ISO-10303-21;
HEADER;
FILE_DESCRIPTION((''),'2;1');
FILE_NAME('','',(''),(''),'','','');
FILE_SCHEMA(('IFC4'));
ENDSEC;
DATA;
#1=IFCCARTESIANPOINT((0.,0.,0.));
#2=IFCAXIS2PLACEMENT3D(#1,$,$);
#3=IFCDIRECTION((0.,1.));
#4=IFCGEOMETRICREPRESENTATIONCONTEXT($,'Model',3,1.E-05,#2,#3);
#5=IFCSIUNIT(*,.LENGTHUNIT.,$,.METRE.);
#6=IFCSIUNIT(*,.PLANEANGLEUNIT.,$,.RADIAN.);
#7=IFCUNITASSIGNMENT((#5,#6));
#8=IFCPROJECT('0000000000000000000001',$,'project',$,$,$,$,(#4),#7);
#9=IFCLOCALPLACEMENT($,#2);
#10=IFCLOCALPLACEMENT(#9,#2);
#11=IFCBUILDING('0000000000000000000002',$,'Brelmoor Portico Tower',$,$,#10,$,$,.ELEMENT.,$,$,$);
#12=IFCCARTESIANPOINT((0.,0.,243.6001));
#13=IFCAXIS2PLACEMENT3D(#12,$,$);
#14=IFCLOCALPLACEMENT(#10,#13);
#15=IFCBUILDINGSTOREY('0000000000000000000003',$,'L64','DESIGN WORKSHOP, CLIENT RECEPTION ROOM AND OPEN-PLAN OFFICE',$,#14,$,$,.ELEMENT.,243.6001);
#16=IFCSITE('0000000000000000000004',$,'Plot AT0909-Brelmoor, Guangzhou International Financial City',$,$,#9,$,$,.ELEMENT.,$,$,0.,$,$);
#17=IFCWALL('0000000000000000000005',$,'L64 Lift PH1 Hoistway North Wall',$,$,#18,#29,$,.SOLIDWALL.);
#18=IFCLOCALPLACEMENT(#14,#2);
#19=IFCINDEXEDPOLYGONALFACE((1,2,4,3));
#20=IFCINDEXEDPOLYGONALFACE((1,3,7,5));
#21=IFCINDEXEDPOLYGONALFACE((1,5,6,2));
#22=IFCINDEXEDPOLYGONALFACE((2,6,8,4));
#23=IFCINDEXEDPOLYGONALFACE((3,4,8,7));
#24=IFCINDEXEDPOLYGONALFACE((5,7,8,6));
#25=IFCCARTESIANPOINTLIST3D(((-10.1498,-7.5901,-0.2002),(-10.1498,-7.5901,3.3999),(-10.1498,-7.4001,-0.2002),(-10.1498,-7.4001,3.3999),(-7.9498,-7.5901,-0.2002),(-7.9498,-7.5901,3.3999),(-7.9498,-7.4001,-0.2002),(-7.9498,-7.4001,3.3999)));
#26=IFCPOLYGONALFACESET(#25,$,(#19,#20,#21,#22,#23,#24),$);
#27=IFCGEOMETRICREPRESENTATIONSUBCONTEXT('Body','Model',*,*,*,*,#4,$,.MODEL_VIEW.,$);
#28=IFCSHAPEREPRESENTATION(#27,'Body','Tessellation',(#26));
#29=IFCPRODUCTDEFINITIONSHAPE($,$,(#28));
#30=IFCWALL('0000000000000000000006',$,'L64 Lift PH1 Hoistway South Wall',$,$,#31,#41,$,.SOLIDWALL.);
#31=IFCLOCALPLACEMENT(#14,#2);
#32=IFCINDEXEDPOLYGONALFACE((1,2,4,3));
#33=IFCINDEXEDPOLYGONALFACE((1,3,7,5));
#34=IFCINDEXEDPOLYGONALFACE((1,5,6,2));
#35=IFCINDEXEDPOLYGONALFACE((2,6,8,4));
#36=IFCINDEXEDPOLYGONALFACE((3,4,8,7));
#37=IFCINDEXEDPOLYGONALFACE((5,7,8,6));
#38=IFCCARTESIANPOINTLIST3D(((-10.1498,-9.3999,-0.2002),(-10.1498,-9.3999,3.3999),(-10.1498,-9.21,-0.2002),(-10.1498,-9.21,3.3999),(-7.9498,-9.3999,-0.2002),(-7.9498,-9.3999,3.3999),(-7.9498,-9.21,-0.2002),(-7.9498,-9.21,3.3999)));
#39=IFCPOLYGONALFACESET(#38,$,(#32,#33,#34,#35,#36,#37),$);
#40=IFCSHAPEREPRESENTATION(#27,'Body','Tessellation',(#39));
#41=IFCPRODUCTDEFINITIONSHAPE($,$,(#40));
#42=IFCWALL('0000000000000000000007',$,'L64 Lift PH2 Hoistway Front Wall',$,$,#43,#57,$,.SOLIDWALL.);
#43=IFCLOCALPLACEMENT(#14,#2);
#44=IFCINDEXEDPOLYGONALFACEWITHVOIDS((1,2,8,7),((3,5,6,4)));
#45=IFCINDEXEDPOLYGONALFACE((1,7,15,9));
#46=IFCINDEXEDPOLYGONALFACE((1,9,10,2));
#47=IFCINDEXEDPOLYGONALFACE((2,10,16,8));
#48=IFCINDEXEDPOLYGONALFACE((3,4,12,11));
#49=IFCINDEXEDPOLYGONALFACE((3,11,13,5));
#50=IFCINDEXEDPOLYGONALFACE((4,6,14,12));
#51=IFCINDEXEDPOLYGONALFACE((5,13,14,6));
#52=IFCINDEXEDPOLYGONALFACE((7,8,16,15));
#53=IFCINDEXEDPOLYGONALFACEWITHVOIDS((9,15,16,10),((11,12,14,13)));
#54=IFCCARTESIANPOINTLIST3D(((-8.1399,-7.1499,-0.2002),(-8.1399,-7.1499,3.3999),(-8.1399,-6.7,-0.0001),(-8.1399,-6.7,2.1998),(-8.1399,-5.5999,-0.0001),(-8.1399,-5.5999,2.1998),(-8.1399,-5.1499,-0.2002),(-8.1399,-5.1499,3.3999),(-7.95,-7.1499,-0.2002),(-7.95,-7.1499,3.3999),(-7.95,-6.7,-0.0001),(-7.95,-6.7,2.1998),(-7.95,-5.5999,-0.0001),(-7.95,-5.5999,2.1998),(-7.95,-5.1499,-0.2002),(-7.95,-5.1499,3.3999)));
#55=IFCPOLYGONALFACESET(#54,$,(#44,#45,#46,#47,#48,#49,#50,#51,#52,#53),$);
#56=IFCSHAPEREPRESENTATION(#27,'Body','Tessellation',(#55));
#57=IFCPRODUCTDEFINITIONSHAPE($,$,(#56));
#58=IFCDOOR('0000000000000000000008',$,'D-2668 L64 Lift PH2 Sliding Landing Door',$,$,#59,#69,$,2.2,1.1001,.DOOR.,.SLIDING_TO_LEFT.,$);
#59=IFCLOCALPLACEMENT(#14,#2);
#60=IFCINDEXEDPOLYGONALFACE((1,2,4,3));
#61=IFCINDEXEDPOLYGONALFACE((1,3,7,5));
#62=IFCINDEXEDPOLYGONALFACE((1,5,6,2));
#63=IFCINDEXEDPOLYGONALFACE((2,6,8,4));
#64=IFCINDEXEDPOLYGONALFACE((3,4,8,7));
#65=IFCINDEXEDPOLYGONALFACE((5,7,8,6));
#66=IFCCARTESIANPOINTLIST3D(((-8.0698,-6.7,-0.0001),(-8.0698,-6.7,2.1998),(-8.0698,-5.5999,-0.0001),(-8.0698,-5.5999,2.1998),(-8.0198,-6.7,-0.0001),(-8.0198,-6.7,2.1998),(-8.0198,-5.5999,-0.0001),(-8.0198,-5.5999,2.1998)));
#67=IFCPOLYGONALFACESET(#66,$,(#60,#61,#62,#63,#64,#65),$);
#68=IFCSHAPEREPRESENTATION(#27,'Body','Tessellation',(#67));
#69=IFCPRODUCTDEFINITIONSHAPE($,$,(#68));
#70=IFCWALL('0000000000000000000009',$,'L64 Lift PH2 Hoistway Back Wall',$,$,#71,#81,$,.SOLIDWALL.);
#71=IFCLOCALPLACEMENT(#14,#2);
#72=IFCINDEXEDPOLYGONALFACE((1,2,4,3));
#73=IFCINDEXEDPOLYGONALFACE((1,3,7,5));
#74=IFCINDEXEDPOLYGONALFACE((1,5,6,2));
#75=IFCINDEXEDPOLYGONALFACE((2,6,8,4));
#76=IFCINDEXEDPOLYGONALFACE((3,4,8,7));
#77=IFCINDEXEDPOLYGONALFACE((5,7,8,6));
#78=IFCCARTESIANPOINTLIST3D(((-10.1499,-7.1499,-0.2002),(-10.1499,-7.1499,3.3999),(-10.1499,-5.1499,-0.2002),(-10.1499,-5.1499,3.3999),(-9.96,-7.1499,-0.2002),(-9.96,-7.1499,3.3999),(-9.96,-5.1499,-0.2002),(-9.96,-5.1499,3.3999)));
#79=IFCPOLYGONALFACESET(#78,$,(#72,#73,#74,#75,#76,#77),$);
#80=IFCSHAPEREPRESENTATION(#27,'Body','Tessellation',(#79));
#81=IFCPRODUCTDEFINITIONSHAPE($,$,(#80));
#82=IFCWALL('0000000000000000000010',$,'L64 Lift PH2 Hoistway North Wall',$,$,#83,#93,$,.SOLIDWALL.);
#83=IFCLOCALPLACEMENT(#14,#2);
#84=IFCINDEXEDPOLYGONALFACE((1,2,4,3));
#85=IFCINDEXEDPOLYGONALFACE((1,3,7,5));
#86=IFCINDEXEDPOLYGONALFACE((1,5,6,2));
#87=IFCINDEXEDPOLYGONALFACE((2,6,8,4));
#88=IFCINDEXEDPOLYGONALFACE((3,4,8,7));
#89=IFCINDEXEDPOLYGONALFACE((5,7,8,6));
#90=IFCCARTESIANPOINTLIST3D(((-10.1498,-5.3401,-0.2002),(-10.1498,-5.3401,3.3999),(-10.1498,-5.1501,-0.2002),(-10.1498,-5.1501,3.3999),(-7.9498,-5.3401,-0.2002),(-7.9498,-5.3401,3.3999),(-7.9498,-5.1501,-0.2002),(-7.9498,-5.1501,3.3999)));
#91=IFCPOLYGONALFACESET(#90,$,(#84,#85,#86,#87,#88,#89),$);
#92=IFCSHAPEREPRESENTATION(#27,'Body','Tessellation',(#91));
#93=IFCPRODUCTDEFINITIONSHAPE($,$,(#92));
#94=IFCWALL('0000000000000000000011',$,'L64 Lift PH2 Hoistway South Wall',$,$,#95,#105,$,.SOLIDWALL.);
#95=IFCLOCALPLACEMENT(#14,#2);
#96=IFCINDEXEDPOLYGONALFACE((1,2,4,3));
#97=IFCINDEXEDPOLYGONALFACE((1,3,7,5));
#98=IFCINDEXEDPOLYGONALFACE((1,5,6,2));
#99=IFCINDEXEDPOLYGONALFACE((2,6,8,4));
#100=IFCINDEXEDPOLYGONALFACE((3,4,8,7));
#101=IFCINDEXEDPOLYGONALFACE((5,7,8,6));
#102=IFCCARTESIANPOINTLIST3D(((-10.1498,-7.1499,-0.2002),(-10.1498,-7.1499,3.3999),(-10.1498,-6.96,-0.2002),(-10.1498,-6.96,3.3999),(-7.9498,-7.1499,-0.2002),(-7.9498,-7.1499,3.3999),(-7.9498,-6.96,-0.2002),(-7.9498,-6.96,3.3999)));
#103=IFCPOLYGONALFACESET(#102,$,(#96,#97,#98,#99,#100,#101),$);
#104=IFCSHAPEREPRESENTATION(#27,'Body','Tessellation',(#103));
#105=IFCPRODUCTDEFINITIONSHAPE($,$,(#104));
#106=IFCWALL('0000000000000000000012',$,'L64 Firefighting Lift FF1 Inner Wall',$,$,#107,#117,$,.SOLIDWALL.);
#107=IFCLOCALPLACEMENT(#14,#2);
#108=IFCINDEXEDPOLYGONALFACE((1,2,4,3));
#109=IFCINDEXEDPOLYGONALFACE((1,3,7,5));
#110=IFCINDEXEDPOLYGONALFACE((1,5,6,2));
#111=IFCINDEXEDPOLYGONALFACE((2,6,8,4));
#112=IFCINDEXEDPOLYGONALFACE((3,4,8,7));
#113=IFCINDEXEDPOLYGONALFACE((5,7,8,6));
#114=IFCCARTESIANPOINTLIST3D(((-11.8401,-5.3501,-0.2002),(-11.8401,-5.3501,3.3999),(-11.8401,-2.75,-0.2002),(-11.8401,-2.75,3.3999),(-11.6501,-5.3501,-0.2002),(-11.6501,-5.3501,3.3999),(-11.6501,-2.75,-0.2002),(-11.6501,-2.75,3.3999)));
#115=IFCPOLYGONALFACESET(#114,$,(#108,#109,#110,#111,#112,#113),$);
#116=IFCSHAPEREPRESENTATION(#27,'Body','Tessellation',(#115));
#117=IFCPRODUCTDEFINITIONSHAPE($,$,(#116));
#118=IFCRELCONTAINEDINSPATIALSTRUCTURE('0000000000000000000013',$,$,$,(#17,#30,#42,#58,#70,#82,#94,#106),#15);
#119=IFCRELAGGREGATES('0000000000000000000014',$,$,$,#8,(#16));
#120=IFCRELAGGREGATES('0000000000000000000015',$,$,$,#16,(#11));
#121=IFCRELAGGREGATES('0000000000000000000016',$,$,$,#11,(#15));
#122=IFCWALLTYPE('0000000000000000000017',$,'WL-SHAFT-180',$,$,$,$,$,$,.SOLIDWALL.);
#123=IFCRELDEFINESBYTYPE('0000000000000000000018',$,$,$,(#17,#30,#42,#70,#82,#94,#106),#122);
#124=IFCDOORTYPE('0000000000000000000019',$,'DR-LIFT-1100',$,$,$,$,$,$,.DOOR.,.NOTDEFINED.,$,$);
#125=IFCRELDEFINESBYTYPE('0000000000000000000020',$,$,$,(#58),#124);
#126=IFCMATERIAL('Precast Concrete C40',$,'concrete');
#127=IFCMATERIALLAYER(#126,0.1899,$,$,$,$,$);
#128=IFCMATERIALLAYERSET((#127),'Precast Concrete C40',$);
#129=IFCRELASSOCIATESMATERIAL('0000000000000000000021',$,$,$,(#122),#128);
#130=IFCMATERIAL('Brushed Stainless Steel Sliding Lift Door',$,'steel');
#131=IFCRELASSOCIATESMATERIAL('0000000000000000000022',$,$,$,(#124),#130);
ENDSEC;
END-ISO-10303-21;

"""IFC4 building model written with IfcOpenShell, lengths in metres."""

from ifc_helpers import new_model, si_unit, direction, frame, frame_2d, origin, place, context, subcontext, project, spatial, rectangle, extrude, material, layer, layer_set, type_object, element, fill, save


model = new_model("IFC4")

# Units and contexts
model_context = context("Model", 3, precision=1e-05, world=origin(), true_north=direction((0.0, 1.0)))
body_context = subcontext(model_context, "Body", "Model", "MODEL_VIEW")
ifc_project = project(units=[si_unit("LENGTHUNIT", "METRE"), si_unit("PLANEANGLEUNIT", "RADIAN")], contexts=[model_context])

# Site, building, storey
site_placement = place(None, origin())
site = spatial("IfcSite", under=ifc_project, at=site_placement, Name="Plot AT0909-Brelmoor, Guangzhou International Financial City", CompositionType="ELEMENT", RefElevation=0.0)
building_placement = place(site_placement, origin())
building = spatial("IfcBuilding", under=site, at=building_placement, Name="Brelmoor Portico Tower", CompositionType="ELEMENT")
storey_placement = place(building_placement, frame((0.0, 0.0, 243.6001)))
storey = spatial("IfcBuildingStorey", under=building, at=storey_placement, Name="L64", Description="DESIGN WORKSHOP, CLIENT RECEPTION ROOM AND OPEN-PLAN OFFICE", CompositionType="ELEMENT", Elevation=243.6001)

# Shared definitions
ifc_material_1 = material(Name="Precast Concrete C40", Category="concrete")
ifc_layer_1 = layer(ifc_material_1, 0.1899)
ifc_layer_set_1 = layer_set([ifc_layer_1], Name="Precast Concrete C40")
wall_type_1 = type_object("IfcWallType", Name="WL-SHAFT-180", PredefinedType="SOLIDWALL", material=ifc_layer_set_1)
ifc_material_2 = material(Name="Brushed Stainless Steel Sliding Lift Door", Category="steel")
door_type_1 = type_object("IfcDoorType", Name="DR-LIFT-1100", OperationType="NOTDEFINED", PredefinedType="DOOR", material=ifc_material_2)

# Walls
for number, where, z_axis, x_axis, name in (
    (1, (-10.1499, -7.4951, -0.2002), (0.0, 0.0, 1.0), (1.0, 0.0, 0.0), "L64 Lift PH1 Hoistway North Wall"),
    (2, (-10.1499, -9.3049, -0.2002), (0.0, 0.0, 1.0), (1.0, 0.0, 0.0), "L64 Lift PH1 Hoistway South Wall"),
):
    element("IfcWall", number, at=place(storey_placement, frame(where, z_axis=z_axis, x_axis=x_axis)), inside=storey, type_object=wall_type_1, Name=name, PredefinedType="SOLIDWALL", context=body_context, shape_type="SweptSolid", body=[
        extrude(rectangle(XDim=2.2, YDim=0.1899, at=frame_2d((1.1001, 0.0))), origin(), (0.0, 0.0, 1.0), 3.6001),
    ])

# Wall, opening, door
wall_1_placement = place(storey_placement, frame((-8.0449, -7.1499, -0.2002), z_axis=(0.0, 0.0, 1.0), x_axis=(0.0, 1.0, 0.0)))
wall_1 = element("IfcWall", 3, at=wall_1_placement, inside=storey, type_object=wall_type_1, Name="L64 Lift PH2 Hoistway Front Wall", PredefinedType="SOLIDWALL", context=body_context, shape_type="SweptSolid", body=[
    extrude(rectangle(XDim=2.0, YDim=0.1899, at=frame_2d((1.0, 0.0))), origin(), (0.0, 0.0, 1.0), 3.6001),
])
opening_1_placement = place(wall_1_placement, frame((0.45, 0.0, 0.2)))
opening_1 = element("IfcOpeningElement", 4, at=opening_1_placement, cuts=wall_1, PredefinedType="OPENING", context=body_context, shape_type="SweptSolid", body=[
    extrude(rectangle(XDim=1.1001, YDim=2.2, at=frame_2d((0.55, 1.1001))), frame((0.0, 0.105, 0.0), z_axis=(0.0, -1.0, 0.0), x_axis=(1.0, 0.0, 0.0)), (0.0, 0.0, 1.0), 0.21),
])
door_1_placement = place(opening_1_placement, origin())
door_1 = element("IfcDoor", 5, at=door_1_placement, inside=storey, type_object=door_type_1, Name="D-2668 L64 Lift PH2 Sliding Landing Door", OperationType="SLIDING_TO_LEFT", OverallHeight=2.2, OverallWidth=1.1001, PredefinedType="DOOR", context=body_context, shape_type="SweptSolid", body=[
    extrude(rectangle(XDim=1.1001, YDim=2.2, at=frame_2d((0.55, 1.1001))), frame((0.0, 0.0249, 0.0), z_axis=(0.0, -1.0, 0.0), x_axis=(1.0, 0.0, 0.0)), (0.0, 0.0, 1.0), 0.05),
])
fill(opening_1, door_1)

# Walls
wall_2_placement = place(storey_placement, frame((-10.0549, -7.1499, -0.2002), z_axis=(0.0, 0.0, 1.0), x_axis=(0.0, 1.0, 0.0)))
element("IfcWall", 6, at=wall_2_placement, inside=storey, type_object=wall_type_1, Name="L64 Lift PH2 Hoistway Back Wall", PredefinedType="SOLIDWALL", context=body_context, shape_type="SweptSolid", body=[
    extrude(rectangle(XDim=2.0, YDim=0.1899, at=frame_2d((1.0, 0.0))), origin(), (0.0, 0.0, 1.0), 3.6001),
])
for number, where, z_axis, x_axis, name in (
    (7, (-10.1499, -5.2451, -0.2002), (0.0, 0.0, 1.0), (1.0, 0.0, 0.0), "L64 Lift PH2 Hoistway North Wall"),
    (8, (-10.1499, -7.0549, -0.2002), (0.0, 0.0, 1.0), (1.0, 0.0, 0.0), "L64 Lift PH2 Hoistway South Wall"),
):
    element("IfcWall", number, at=place(storey_placement, frame(where, z_axis=z_axis, x_axis=x_axis)), inside=storey, type_object=wall_type_1, Name=name, PredefinedType="SOLIDWALL", context=body_context, shape_type="SweptSolid", body=[
        extrude(rectangle(XDim=2.2, YDim=0.1899, at=frame_2d((1.1001, 0.0))), origin(), (0.0, 0.0, 1.0), 3.6001),
    ])
wall_3_placement = place(storey_placement, frame((-11.7451, -5.3501, -0.2002), z_axis=(0.0, 0.0, 1.0), x_axis=(0.0, 1.0, 0.0)))
element("IfcWall", 9, at=wall_3_placement, inside=storey, type_object=wall_type_1, Name="L64 Firefighting Lift FF1 Inner Wall", PredefinedType="SOLIDWALL", context=body_context, shape_type="SweptSolid", body=[
    extrude(rectangle(XDim=2.6001, YDim=0.1899, at=frame_2d((1.3, 0.0))), origin(), (0.0, 0.0, 1.0), 3.6001),
])

save(model, "model.ifc")
